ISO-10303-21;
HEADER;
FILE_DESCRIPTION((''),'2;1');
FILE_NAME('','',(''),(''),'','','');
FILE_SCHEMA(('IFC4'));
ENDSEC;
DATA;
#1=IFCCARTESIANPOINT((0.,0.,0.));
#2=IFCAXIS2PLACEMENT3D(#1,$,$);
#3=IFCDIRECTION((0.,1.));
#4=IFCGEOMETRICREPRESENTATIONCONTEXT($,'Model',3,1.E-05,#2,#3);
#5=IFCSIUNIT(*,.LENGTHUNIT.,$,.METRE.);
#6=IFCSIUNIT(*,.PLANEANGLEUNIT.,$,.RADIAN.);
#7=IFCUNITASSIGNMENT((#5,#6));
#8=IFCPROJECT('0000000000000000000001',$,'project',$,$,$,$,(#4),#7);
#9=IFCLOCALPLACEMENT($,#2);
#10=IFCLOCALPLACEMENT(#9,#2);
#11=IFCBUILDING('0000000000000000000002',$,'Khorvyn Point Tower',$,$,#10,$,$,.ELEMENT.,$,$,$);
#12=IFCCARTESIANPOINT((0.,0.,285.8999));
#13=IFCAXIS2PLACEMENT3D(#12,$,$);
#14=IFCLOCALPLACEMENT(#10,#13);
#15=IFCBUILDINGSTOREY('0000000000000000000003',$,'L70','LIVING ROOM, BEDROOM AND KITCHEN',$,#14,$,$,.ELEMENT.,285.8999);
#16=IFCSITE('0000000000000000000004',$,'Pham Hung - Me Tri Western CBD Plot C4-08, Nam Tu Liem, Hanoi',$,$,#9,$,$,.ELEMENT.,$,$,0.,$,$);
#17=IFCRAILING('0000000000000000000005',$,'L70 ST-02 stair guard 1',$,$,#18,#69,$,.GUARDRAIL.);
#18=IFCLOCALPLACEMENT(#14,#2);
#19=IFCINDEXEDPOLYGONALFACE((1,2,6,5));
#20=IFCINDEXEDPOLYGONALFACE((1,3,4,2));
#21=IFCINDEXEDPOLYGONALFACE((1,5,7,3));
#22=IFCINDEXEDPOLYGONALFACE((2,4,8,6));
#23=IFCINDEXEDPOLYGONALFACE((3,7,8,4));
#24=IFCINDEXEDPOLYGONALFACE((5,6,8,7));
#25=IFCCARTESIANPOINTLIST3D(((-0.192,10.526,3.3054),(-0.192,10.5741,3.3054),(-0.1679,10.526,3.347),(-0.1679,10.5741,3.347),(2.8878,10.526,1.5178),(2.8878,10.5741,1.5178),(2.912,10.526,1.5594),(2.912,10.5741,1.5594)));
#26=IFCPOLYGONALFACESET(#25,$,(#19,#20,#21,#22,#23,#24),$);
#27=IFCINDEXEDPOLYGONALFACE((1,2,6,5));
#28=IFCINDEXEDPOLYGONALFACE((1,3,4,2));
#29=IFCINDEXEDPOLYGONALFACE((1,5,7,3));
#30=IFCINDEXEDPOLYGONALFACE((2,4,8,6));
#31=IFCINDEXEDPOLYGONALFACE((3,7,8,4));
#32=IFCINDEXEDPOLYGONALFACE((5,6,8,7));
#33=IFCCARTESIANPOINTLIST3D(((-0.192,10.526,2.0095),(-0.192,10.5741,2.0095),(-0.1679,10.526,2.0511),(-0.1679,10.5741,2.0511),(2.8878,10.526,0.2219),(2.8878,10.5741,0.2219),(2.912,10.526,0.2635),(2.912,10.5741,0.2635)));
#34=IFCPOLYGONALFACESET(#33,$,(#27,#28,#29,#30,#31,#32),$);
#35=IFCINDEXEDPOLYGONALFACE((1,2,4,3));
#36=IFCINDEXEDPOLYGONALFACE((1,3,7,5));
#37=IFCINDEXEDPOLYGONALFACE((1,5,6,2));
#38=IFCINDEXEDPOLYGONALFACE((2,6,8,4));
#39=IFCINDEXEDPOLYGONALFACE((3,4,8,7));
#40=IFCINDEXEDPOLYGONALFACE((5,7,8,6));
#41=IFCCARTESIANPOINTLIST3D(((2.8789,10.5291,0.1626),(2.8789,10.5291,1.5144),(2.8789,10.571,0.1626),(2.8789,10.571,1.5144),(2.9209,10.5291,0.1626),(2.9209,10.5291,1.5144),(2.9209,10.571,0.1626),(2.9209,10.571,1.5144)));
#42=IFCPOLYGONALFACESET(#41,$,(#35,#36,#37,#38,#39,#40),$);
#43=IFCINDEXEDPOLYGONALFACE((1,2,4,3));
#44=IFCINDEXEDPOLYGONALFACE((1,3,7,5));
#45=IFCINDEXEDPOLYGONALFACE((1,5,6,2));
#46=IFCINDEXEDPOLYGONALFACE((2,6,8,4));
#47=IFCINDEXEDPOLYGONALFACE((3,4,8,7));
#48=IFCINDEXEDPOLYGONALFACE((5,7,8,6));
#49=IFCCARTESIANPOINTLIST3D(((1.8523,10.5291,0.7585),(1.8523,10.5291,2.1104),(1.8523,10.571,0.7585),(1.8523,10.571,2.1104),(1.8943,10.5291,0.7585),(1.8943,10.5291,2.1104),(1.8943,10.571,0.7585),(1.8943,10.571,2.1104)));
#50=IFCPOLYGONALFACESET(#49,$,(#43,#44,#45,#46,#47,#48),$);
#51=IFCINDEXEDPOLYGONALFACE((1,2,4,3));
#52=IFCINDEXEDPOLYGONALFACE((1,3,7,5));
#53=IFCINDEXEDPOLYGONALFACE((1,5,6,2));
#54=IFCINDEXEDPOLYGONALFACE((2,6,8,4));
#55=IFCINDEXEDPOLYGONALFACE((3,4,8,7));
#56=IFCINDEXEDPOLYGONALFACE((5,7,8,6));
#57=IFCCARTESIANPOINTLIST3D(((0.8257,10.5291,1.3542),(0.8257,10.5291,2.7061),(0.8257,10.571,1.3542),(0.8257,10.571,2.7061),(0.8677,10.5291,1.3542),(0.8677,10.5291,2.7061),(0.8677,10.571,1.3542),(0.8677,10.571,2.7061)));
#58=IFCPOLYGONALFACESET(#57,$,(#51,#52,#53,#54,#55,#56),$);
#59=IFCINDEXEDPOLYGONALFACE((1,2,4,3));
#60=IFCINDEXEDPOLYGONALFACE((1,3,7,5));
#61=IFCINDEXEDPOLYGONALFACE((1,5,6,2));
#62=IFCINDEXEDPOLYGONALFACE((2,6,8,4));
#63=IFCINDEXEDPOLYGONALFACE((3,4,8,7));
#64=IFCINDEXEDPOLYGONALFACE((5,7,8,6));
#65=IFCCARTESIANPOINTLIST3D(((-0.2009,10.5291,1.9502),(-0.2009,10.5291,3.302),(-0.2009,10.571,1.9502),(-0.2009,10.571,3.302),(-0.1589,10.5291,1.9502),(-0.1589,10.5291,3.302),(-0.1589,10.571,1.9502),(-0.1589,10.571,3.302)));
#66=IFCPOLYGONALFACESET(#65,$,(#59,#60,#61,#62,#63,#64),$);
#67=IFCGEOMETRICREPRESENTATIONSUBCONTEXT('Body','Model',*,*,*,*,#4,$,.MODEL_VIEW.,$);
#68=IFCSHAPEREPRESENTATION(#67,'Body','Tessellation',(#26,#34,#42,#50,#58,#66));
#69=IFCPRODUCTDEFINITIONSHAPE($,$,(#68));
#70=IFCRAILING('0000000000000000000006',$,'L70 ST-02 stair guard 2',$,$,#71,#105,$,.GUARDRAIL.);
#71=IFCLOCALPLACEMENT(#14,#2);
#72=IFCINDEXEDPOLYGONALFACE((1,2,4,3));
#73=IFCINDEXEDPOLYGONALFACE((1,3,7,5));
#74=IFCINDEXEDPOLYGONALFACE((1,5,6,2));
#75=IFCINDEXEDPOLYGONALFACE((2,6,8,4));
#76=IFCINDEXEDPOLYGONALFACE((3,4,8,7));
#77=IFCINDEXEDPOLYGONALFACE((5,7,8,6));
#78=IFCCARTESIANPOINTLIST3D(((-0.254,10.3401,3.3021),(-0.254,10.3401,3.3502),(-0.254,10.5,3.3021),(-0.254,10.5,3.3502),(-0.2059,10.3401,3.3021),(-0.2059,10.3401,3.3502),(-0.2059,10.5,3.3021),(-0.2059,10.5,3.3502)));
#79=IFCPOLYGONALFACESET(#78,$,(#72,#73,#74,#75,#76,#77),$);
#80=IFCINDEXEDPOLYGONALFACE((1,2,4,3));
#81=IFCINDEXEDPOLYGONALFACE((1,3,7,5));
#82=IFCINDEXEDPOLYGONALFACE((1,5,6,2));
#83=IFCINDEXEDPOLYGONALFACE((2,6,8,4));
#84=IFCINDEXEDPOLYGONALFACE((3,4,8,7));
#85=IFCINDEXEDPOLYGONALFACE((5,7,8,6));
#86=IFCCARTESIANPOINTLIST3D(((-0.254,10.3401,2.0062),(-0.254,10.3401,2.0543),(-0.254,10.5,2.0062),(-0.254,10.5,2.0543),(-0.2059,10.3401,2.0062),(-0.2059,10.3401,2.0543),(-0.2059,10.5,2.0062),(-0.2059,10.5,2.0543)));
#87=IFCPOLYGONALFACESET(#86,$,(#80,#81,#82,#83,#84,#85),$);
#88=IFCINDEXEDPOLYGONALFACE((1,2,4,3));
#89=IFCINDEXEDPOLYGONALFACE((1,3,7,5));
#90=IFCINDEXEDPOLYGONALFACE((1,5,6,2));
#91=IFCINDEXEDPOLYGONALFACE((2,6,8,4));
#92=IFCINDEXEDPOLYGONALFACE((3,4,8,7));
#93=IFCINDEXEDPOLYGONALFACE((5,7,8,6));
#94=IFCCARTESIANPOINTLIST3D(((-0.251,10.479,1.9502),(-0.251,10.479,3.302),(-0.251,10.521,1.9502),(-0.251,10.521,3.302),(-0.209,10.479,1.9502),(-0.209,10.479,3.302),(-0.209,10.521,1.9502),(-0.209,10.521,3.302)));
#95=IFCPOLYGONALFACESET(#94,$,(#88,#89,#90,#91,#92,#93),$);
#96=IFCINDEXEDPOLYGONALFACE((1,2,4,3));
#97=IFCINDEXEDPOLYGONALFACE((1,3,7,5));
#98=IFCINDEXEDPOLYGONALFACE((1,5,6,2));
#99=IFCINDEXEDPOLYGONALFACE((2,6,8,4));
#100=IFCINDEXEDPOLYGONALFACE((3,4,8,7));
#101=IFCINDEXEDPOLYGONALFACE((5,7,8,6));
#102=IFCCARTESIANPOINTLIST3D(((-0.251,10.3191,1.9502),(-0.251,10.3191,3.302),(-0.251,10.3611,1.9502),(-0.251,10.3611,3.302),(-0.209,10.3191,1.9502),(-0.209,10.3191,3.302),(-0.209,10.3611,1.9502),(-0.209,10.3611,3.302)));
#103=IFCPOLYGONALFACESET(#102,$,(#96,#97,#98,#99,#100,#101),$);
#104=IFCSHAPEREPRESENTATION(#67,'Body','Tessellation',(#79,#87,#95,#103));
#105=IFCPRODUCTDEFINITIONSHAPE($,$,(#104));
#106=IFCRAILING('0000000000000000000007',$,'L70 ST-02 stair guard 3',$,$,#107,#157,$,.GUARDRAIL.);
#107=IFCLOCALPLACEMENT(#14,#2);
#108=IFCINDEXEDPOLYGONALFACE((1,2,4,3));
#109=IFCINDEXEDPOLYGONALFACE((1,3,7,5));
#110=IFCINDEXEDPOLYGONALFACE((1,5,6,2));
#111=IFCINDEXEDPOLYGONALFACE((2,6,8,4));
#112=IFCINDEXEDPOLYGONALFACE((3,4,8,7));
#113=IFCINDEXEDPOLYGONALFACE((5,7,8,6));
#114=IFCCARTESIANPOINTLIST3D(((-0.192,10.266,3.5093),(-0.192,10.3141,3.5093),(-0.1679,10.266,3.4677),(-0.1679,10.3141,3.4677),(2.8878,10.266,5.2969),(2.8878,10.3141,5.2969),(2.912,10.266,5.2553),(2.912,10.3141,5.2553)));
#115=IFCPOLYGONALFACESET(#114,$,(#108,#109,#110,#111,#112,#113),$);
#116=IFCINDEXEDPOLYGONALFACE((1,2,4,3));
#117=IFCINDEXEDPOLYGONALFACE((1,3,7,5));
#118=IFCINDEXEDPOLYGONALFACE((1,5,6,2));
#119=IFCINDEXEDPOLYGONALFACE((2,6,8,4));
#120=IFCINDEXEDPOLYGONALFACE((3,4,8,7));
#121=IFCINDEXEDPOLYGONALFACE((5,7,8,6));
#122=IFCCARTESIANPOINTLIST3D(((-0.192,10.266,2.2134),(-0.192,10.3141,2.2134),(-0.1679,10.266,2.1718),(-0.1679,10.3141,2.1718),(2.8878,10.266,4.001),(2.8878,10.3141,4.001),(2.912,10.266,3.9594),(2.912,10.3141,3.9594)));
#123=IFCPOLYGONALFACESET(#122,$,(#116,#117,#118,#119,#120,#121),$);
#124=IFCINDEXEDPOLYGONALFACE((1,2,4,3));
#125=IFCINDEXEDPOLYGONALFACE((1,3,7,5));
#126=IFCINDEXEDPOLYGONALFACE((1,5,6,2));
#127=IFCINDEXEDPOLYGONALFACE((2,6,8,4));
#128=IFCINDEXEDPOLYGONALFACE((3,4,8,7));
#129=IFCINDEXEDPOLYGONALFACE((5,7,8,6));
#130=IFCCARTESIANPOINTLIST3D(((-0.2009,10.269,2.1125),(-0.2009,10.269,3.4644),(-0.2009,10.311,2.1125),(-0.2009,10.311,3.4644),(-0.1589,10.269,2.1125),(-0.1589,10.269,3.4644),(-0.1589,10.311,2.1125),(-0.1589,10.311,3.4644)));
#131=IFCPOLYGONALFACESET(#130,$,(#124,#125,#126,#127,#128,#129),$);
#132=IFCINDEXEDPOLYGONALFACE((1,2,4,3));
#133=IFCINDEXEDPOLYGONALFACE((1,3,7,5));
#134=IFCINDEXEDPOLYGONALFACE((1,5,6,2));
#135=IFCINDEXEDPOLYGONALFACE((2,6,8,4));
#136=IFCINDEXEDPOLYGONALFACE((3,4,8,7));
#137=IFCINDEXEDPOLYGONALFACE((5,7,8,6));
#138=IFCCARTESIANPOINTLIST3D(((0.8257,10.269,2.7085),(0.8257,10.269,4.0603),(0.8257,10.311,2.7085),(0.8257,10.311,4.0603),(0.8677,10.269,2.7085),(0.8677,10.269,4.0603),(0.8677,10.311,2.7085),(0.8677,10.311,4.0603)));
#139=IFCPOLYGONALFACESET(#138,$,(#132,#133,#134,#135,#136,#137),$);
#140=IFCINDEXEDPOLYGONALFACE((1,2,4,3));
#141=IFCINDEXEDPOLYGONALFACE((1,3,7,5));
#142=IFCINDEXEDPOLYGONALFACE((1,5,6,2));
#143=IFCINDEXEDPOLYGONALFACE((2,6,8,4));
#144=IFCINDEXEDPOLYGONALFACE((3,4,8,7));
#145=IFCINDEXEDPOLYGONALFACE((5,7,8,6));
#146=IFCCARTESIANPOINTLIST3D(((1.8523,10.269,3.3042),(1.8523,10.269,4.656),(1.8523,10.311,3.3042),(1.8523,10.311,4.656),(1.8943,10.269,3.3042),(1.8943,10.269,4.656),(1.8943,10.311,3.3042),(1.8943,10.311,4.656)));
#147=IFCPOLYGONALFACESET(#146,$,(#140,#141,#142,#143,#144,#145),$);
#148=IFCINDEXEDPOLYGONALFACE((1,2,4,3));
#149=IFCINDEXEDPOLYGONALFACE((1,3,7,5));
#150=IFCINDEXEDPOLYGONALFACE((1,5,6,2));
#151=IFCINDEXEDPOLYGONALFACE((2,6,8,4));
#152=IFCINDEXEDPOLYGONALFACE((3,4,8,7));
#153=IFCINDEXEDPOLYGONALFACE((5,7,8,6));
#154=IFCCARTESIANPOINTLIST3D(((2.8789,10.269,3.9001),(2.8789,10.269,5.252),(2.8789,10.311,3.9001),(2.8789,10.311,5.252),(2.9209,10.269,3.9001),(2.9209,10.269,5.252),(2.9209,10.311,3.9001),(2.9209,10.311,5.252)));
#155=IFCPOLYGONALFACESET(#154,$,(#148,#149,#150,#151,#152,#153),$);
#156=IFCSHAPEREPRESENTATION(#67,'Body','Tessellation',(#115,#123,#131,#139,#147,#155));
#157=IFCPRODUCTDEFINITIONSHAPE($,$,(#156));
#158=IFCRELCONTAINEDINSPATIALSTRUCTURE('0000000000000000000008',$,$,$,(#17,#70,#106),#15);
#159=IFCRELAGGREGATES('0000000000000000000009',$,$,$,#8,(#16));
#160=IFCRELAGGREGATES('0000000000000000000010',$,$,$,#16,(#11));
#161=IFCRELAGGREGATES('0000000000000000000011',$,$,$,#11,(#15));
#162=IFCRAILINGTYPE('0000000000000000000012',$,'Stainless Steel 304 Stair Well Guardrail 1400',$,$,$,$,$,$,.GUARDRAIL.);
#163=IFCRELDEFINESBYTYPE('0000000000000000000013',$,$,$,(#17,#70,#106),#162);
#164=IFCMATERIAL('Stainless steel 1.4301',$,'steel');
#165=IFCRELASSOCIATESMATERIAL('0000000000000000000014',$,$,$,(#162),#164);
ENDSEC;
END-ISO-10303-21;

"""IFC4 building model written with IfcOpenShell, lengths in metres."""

from ifc_helpers import new_model, si_unit, direction, frame, origin, origin_2d, place, context, subcontext, project, spatial, rectangle, extrude, material, type_object, element, save


model = new_model("IFC4")

# Units and contexts
model_context = context("Model", 3, precision=1e-05, world=origin(), true_north=direction((0.0, 1.0)))
body_context = subcontext(model_context, "Body", "Model", "MODEL_VIEW")
ifc_project = project(units=[si_unit("LENGTHUNIT", "METRE"), si_unit("PLANEANGLEUNIT", "RADIAN")], contexts=[model_context])

# Site, building, storey
site_placement = place(None, origin())
site = spatial("IfcSite", under=ifc_project, at=site_placement, Name="Pham Hung - Me Tri Western CBD Plot C4-08, Nam Tu Liem, Hanoi", CompositionType="ELEMENT", RefElevation=0.0)
building_placement = place(site_placement, origin())
building = spatial("IfcBuilding", under=site, at=building_placement, Name="Khorvyn Point Tower", CompositionType="ELEMENT")
storey_placement = place(building_placement, frame((0.0, 0.0, 285.8999)))
storey = spatial("IfcBuildingStorey", under=building, at=storey_placement, Name="L70", Description="LIVING ROOM, BEDROOM AND KITCHEN", CompositionType="ELEMENT", Elevation=285.8999)

# Shared definitions
ifc_material_1 = material(Name="Stainless steel 1.4301", Category="steel")

# Railings
railing_type_1 = type_object("IfcRailingType", Name="Stainless Steel 304 Stair Well Guardrail 1400", PredefinedType="GUARDRAIL", material=ifc_material_1)
railing_1_placement = place(storey_placement, frame((2.8999, 10.55, 0.1626)))
element("IfcRailing", 1, at=railing_1_placement, inside=storey, type_object=railing_type_1, Name="L70 ST-02 stair guard 1", PredefinedType="GUARDRAIL", context=body_context, shape_type="SweptSolid", body=[
    extrude(rectangle(XDim=0.0481, YDim=0.0481, at=origin_2d()), frame((0.0, 0.0, 1.376), z_axis=(-0.864873, 0.0, 0.50199), x_axis=(0.0, -1.0, 0.0)), (0.0, 0.0, 1.0), 3.561),
    extrude(rectangle(XDim=0.0481, YDim=0.0481, at=origin_2d()), frame((0.0, 0.0, 0.0801), z_axis=(-0.864873, 0.0, 0.50199), x_axis=(0.0, -1.0, 0.0)), (0.0, 0.0, 1.0), 3.561),
    extrude(rectangle(XDim=0.042, YDim=0.042, at=origin_2d()), origin(), (0.0, 0.0, 1.0), 1.3518),
    extrude(rectangle(XDim=0.042, YDim=0.042, at=origin_2d()), frame((-1.0266, 0.0, 0.5959)), (0.0, 0.0, 1.0), 1.3518),
    extrude(rectangle(XDim=0.042, YDim=0.042, at=origin_2d()), frame((-2.0532, 0.0, 1.1917)), (0.0, 0.0, 1.0), 1.3518),
    extrude(rectangle(XDim=0.042, YDim=0.042, at=origin_2d()), frame((-3.0798, 0.0, 1.7876)), (0.0, 0.0, 1.0), 1.3518),
])
railing_2_placement = place(storey_placement, frame((-0.23, 10.5, 1.9502)))
element("IfcRailing", 2, at=railing_2_placement, inside=storey, type_object=railing_type_1, Name="L70 ST-02 stair guard 2", PredefinedType="GUARDRAIL", context=body_context, shape_type="SweptSolid", body=[
    extrude(rectangle(XDim=0.0481, YDim=0.0481, at=origin_2d()), frame((0.0, 0.0, 1.376), z_axis=(0.0, -1.0, 0.0), x_axis=(1.0, 0.0, 0.0)), (0.0, 0.0, 1.0), 0.1599),
    extrude(rectangle(XDim=0.0481, YDim=0.0481, at=origin_2d()), frame((0.0, 0.0, 0.0801), z_axis=(0.0, -1.0, 0.0), x_axis=(1.0, 0.0, 0.0)), (0.0, 0.0, 1.0), 0.1599),
    extrude(rectangle(XDim=0.042, YDim=0.042, at=origin_2d()), origin(), (0.0, 0.0, 1.0), 1.3518),
    extrude(rectangle(XDim=0.042, YDim=0.042, at=origin_2d()), frame((0.0, -0.1599, 0.0)), (0.0, 0.0, 1.0), 1.3518),
])
railing_3_placement = place(storey_placement, frame((-0.1799, 10.29, 2.1125)))
element("IfcRailing", 3, at=railing_3_placement, inside=storey, type_object=railing_type_1, Name="L70 ST-02 stair guard 3", PredefinedType="GUARDRAIL", context=body_context, shape_type="SweptSolid", body=[
    extrude(rectangle(XDim=0.0481, YDim=0.0481, at=origin_2d()), frame((0.0, 0.0, 1.376), z_axis=(0.864873, 0.0, 0.50199), x_axis=(0.0, 1.0, 0.0)), (0.0, 0.0, 1.0), 3.561),
    extrude(rectangle(XDim=0.0481, YDim=0.0481, at=origin_2d()), frame((0.0, 0.0, 0.0801), z_axis=(0.864873, 0.0, 0.50199), x_axis=(0.0, 1.0, 0.0)), (0.0, 0.0, 1.0), 3.561),
    extrude(rectangle(XDim=0.042, YDim=0.042, at=origin_2d()), origin(), (0.0, 0.0, 1.0), 1.3518),
    extrude(rectangle(XDim=0.042, YDim=0.042, at=origin_2d()), frame((1.0266, 0.0, 0.5959)), (0.0, 0.0, 1.0), 1.3518),
    extrude(rectangle(XDim=0.042, YDim=0.042, at=origin_2d()), frame((2.0532, 0.0, 1.1917)), (0.0, 0.0, 1.0), 1.3518),
    extrude(rectangle(XDim=0.042, YDim=0.042, at=origin_2d()), frame((3.0798, 0.0, 1.7876)), (0.0, 0.0, 1.0), 1.3518),
])

save(model, "model.ifc")
